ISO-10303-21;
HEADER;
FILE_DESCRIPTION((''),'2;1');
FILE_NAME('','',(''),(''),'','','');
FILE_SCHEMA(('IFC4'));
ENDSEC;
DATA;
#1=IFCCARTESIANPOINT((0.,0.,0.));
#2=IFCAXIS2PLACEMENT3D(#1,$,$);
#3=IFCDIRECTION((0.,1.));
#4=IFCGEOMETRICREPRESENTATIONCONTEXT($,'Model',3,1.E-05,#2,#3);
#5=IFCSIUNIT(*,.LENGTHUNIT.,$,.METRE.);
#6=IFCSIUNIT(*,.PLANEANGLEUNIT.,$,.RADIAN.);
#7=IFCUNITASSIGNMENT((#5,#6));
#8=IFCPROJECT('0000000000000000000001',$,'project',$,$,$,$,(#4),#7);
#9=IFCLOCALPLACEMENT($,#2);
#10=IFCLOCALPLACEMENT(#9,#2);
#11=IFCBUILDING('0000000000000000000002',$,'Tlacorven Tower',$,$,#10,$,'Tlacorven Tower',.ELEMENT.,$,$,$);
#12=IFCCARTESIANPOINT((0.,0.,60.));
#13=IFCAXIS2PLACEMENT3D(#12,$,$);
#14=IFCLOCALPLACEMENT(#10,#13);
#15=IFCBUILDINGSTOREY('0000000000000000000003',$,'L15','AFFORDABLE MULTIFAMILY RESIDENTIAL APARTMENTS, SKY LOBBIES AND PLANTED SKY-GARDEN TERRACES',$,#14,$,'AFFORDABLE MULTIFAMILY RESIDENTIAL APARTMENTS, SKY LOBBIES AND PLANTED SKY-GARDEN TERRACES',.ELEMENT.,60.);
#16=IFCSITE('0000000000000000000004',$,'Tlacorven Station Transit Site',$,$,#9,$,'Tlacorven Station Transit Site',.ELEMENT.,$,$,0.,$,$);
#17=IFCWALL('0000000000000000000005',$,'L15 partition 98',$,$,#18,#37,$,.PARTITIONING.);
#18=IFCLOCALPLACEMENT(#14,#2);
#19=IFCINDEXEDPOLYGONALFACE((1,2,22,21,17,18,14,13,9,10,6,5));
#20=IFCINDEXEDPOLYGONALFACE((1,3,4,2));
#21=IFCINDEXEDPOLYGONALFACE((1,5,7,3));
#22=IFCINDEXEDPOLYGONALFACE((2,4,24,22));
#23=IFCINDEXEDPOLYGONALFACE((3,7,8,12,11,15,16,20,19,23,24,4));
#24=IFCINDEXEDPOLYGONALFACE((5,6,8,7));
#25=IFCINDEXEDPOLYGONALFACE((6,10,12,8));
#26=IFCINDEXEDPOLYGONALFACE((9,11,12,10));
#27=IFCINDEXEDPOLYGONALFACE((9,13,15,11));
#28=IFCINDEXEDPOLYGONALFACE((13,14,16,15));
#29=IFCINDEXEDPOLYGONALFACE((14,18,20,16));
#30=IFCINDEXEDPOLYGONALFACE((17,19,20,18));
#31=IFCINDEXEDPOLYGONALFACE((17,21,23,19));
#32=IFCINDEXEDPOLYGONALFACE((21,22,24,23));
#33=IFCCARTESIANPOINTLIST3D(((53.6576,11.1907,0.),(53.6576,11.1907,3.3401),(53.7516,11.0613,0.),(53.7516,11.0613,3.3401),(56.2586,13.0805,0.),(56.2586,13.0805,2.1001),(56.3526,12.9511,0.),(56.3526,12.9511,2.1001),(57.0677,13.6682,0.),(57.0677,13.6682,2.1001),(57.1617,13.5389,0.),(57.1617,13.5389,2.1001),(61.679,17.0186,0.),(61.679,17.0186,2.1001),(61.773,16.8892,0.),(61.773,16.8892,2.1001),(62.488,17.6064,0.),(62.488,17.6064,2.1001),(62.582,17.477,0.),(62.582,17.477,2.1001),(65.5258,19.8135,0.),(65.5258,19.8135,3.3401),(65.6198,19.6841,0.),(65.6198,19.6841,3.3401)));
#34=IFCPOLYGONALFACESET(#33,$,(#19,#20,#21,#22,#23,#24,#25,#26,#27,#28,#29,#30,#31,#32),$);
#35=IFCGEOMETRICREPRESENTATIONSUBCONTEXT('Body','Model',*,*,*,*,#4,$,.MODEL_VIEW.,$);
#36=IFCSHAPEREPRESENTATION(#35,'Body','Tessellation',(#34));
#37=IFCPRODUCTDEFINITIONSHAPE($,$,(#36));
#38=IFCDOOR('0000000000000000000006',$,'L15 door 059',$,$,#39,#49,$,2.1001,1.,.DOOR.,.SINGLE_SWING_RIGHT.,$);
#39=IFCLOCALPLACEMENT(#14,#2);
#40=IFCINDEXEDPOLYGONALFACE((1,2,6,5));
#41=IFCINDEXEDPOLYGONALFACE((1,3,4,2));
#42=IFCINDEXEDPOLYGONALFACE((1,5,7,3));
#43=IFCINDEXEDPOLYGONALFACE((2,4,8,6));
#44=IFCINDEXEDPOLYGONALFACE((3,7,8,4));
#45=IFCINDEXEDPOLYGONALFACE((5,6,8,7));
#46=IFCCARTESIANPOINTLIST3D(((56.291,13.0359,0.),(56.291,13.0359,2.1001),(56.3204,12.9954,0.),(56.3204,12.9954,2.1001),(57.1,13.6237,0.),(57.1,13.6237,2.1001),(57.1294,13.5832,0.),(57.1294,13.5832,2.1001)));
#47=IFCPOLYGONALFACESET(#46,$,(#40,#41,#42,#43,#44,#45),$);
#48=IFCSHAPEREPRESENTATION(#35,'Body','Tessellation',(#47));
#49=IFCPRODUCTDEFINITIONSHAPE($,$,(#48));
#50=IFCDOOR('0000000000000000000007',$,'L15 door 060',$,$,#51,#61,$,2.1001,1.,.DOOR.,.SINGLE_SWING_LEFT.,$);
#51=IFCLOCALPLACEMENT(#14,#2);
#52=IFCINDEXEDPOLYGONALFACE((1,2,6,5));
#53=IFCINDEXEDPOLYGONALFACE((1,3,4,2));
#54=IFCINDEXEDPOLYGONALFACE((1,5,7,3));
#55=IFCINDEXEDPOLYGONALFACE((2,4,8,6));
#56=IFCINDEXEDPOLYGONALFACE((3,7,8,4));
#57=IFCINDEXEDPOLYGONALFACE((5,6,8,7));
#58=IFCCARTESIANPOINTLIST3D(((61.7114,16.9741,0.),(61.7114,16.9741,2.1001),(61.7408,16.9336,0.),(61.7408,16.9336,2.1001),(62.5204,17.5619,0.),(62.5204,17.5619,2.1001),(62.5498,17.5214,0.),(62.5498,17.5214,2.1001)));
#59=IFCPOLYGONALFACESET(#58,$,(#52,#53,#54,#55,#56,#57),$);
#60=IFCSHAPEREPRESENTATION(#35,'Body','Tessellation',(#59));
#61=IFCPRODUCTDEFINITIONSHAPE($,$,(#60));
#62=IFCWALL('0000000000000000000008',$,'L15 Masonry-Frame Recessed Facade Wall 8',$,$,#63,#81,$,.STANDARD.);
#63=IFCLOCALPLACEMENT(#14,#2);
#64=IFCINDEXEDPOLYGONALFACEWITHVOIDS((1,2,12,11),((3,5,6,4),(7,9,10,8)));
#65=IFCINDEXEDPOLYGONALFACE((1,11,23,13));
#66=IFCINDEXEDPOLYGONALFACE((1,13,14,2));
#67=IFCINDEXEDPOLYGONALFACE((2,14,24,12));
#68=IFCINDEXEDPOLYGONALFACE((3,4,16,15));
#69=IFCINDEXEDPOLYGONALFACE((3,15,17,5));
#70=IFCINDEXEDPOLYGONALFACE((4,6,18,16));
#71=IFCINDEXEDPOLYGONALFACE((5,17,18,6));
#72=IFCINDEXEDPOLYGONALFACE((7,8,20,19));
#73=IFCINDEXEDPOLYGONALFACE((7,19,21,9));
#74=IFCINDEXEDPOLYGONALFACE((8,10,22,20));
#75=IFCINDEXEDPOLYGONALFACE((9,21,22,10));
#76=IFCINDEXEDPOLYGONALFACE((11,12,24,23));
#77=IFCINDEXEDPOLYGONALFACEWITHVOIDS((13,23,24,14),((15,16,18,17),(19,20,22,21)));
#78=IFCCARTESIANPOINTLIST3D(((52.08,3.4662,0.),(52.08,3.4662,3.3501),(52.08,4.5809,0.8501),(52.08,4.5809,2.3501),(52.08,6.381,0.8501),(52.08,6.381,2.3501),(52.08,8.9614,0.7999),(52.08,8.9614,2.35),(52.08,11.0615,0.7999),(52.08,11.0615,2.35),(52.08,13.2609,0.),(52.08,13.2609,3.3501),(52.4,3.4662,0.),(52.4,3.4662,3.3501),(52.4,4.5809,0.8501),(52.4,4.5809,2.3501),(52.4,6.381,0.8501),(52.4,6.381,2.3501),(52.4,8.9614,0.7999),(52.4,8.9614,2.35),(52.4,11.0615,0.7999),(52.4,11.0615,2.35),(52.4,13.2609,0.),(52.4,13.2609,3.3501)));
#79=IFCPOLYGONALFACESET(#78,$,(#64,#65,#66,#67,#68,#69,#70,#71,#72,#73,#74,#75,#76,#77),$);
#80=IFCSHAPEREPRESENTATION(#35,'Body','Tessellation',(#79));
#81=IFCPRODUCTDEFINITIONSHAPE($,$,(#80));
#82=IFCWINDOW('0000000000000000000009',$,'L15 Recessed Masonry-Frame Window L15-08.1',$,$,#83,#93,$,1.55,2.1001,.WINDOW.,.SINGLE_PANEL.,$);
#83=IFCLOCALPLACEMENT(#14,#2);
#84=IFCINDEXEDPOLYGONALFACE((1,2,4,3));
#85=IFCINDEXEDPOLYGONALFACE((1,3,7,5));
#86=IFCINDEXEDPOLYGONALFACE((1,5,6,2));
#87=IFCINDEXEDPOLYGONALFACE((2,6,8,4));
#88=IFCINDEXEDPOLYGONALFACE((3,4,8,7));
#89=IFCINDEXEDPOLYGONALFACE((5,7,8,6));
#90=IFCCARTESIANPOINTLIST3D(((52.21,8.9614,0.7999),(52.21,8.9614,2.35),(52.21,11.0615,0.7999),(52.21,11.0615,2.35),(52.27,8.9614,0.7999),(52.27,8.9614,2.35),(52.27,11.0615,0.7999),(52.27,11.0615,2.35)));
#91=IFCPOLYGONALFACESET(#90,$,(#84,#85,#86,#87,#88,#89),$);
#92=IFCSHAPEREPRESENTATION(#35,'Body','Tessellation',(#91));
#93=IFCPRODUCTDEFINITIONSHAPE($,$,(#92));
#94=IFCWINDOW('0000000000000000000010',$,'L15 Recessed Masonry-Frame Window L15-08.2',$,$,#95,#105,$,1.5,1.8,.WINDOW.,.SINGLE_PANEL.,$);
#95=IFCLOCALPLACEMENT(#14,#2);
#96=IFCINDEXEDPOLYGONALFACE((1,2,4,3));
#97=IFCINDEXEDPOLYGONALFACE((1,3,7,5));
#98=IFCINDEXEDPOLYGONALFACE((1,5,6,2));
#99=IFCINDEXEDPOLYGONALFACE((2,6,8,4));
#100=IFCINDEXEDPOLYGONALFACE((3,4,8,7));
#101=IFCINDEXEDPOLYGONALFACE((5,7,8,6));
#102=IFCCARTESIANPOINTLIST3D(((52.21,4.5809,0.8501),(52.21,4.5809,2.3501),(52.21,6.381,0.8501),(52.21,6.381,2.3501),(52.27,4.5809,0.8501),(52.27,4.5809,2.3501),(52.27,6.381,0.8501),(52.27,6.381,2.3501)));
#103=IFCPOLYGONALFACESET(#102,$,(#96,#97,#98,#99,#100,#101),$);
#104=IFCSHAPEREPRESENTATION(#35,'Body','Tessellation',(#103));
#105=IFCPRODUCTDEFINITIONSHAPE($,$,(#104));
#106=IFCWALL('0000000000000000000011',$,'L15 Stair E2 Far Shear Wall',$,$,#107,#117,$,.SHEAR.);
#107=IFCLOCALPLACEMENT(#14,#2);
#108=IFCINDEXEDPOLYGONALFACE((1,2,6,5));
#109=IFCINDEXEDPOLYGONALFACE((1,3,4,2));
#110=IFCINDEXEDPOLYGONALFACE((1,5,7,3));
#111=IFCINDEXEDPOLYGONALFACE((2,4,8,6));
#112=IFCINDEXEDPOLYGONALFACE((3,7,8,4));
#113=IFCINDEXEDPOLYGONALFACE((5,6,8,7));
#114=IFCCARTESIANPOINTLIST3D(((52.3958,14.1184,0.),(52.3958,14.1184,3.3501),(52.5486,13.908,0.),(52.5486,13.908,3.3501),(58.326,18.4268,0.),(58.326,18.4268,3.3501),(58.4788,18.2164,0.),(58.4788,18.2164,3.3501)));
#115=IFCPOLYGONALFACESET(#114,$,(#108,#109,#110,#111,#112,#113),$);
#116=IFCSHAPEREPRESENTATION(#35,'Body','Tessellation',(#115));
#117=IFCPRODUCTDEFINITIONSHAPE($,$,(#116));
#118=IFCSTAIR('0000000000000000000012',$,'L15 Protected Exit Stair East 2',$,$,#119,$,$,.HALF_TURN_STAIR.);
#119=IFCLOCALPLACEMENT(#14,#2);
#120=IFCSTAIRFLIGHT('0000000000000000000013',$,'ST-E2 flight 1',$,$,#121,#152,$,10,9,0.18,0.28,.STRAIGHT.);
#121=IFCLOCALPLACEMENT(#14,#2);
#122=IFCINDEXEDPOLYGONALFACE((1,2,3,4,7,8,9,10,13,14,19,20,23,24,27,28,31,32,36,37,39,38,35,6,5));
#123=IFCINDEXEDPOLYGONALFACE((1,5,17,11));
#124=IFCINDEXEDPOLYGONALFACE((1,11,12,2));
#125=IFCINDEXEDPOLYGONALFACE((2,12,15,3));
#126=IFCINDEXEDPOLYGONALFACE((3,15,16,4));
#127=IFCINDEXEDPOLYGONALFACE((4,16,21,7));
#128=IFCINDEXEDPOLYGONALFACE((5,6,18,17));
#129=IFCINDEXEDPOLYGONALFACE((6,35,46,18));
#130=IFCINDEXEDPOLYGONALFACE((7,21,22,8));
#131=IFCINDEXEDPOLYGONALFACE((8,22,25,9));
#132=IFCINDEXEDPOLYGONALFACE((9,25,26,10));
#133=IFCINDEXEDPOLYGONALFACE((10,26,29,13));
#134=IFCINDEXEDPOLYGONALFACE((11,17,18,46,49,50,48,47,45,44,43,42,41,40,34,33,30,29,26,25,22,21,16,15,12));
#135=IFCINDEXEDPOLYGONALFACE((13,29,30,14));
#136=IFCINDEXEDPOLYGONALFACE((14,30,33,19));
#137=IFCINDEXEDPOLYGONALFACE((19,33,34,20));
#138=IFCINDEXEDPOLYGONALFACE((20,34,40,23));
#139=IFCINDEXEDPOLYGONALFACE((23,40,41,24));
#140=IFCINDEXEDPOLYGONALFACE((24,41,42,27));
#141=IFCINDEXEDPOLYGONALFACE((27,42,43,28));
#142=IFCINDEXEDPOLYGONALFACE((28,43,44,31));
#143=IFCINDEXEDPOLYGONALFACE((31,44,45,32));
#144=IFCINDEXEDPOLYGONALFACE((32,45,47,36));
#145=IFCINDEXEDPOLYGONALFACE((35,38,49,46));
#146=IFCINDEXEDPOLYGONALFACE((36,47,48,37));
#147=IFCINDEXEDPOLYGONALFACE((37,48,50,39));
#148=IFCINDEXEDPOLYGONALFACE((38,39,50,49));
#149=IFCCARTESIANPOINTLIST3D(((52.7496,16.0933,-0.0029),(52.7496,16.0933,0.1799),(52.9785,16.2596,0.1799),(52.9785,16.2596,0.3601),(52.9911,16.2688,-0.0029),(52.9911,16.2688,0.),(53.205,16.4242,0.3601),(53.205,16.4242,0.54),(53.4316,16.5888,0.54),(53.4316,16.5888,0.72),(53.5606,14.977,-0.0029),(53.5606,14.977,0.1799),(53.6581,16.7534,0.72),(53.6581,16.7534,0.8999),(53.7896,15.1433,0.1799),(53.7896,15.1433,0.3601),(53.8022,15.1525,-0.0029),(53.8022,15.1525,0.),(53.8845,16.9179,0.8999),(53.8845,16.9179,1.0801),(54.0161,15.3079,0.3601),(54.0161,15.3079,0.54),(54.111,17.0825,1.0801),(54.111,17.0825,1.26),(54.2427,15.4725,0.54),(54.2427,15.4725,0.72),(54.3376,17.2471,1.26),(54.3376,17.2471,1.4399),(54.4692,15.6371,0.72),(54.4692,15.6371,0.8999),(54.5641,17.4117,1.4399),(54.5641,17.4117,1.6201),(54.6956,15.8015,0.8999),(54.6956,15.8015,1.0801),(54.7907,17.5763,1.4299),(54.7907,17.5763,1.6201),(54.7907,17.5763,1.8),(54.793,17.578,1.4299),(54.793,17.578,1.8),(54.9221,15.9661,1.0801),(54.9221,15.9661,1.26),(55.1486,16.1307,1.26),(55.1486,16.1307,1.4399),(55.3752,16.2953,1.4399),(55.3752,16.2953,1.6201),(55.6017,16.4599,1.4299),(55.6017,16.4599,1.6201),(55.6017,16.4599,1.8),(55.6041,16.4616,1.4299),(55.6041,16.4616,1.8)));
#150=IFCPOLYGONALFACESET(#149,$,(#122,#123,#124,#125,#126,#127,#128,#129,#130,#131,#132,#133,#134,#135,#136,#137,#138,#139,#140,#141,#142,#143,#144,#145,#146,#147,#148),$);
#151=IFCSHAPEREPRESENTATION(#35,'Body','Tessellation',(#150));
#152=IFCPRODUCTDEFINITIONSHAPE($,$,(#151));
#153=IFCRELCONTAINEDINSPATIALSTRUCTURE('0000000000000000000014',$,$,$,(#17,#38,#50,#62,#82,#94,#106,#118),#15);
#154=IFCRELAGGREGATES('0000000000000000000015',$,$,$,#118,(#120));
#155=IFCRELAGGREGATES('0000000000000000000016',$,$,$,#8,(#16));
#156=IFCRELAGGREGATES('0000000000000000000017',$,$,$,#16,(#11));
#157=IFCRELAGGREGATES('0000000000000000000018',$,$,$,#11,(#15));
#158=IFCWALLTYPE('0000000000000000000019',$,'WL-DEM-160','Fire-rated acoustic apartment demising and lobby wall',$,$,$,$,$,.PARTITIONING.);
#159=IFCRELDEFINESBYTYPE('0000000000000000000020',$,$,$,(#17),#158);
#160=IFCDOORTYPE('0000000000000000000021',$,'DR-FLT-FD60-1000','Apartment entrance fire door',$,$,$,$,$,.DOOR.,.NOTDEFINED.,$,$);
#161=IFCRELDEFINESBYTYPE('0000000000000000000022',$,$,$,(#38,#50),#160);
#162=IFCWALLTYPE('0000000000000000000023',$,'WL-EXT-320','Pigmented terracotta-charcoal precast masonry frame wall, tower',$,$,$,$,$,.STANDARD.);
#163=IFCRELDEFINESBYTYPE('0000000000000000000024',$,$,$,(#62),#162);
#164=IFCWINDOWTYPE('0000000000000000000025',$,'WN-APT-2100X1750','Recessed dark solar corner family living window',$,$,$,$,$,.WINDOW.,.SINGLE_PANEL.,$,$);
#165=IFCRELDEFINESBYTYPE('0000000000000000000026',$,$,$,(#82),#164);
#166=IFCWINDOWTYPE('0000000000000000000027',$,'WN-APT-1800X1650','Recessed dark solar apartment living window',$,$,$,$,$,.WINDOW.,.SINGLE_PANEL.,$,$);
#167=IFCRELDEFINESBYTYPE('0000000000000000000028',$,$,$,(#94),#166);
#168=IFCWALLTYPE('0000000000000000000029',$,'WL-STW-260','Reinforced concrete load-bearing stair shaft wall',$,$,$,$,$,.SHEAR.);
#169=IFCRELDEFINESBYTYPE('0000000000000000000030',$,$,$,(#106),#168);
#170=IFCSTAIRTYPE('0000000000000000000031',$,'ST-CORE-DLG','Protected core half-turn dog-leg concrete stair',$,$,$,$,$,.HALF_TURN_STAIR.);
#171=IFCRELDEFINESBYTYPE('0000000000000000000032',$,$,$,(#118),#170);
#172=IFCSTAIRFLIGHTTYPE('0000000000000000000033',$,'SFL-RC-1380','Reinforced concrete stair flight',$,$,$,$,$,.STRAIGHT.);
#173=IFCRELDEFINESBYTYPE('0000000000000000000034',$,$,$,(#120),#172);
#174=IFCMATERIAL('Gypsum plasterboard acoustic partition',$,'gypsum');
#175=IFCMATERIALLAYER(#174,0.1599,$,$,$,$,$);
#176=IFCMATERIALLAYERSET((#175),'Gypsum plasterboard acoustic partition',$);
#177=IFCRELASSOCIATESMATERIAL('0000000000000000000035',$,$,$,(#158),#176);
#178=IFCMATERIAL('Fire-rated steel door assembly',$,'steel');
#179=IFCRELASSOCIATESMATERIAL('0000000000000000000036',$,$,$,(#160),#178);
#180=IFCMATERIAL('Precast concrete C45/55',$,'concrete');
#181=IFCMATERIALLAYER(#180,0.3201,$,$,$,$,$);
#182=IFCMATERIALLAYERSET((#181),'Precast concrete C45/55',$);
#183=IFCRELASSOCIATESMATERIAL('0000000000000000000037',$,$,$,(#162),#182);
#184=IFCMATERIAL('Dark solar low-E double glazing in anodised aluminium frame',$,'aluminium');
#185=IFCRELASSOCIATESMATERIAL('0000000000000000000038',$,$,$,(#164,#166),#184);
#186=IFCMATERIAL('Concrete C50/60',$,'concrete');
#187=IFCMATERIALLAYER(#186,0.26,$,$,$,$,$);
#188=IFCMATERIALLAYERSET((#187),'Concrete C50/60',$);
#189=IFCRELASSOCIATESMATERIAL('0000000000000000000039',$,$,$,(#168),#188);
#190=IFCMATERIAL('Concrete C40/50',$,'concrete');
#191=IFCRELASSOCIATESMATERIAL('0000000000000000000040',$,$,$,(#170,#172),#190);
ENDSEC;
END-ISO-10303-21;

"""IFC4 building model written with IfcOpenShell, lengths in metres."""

from ifc_helpers import new_model, si_unit, direction, frame, frame_2d, origin, place, context, subcontext, project, spatial, polyline, rectangle, outline, extrude, source, transform, mapped, material, layer, layer_set, type_object, element, fill, aggregate, save


model = new_model("IFC4")

# Units and contexts
model_context = context("Model", 3, precision=1e-05, world=origin(), true_north=direction((0.0, 1.0)))
body_context = subcontext(model_context, "Body", "Model", "MODEL_VIEW")
ifc_project = project(units=[si_unit("LENGTHUNIT", "METRE"), si_unit("PLANEANGLEUNIT", "RADIAN")], contexts=[model_context])

# Site, building, storey
site_placement = place(None, origin())
site = spatial("IfcSite", under=ifc_project, at=site_placement, Name="Tlacorven Station Transit Site", LongName="Tlacorven Station Transit Site", CompositionType="ELEMENT", RefElevation=0.0)
building_placement = place(site_placement, origin())
building = spatial("IfcBuilding", under=site, at=building_placement, Name="Tlacorven Tower", LongName="Tlacorven Tower", CompositionType="ELEMENT")
storey_placement = place(building_placement, frame((0.0, 0.0, 60.0)))
storey = spatial("IfcBuildingStorey", under=building, at=storey_placement, Name="L15", Description="AFFORDABLE MULTIFAMILY RESIDENTIAL APARTMENTS, SKY LOBBIES AND PLANTED SKY-GARDEN TERRACES", LongName="AFFORDABLE MULTIFAMILY RESIDENTIAL APARTMENTS, SKY LOBBIES AND PLANTED SKY-GARDEN TERRACES", CompositionType="ELEMENT", Elevation=60.0)

# Wall, openings, doors
ifc_material_1 = material(Name="Gypsum plasterboard acoustic partition", Category="gypsum")
ifc_layer_1 = layer(ifc_material_1, 0.1599)
ifc_layer_set_1 = layer_set([ifc_layer_1], Name="Gypsum plasterboard acoustic partition")
wall_type_1 = type_object("IfcWallType", Name="WL-DEM-160", Description="Fire-rated acoustic apartment demising and lobby wall", PredefinedType="PARTITIONING", material=ifc_layer_set_1)
wall_1_placement = place(storey_placement, frame((53.7046, 11.126, 0.0), z_axis=(0.0, 0.0, 1.0), x_axis=(0.809015, 0.587789, 0.0)))
wall_1 = element("IfcWall", 1, at=wall_1_placement, inside=storey, type_object=wall_type_1, Name="L15 partition 98", PredefinedType="PARTITIONING", context=body_context, shape_type="SweptSolid", body=[
    extrude(rectangle(XDim=14.6699, YDim=0.1599, at=frame_2d((7.335, 0.0))), origin(), (0.0, 0.0, 1.0), 3.3401),
])
opening_1_placement = place(wall_1_placement, frame((3.2151, 0.0, 0.0)))
opening_1 = element("IfcOpeningElement", 2, at=opening_1_placement, cuts=wall_1, PredefinedType="OPENING", context=body_context, shape_type="SweptSolid", body=[
    extrude(rectangle(XDim=1.0, YDim=2.1001, at=frame_2d((0.5, 1.05))), frame((0.0, 0.0898, 0.0), z_axis=(0.0, -1.0, 0.0), x_axis=(1.0, 0.0, 0.0)), (0.0, 0.0, 1.0), 0.1799),
])
opening_2_placement = place(wall_1_placement, frame((9.915, 0.0, 0.0)))
opening_2 = element("IfcOpeningElement", 3, at=opening_2_placement, cuts=wall_1, PredefinedType="OPENING", context=body_context, shape_type="SweptSolid", body=[
    extrude(rectangle(XDim=1.0, YDim=2.1001, at=frame_2d((0.5, 1.05))), frame((0.0, 0.0898, 0.0), z_axis=(0.0, -1.0, 0.0), x_axis=(1.0, 0.0, 0.0)), (0.0, 0.0, 1.0), 0.1799),
])
ifc_material_2 = material(Name="Fire-rated steel door assembly", Category="steel")
door_type = type_object("IfcDoorType", Name="DR-FLT-FD60-1000", Description="Apartment entrance fire door", OperationType="NOTDEFINED", PredefinedType="DOOR", material=ifc_material_2)
shared_shape_1 = source(origin(), body_context, "Body", "SweptSolid", [
    extrude(rectangle(XDim=1.0, YDim=2.1001, at=frame_2d((0.5, 1.05))), frame((0.0, 0.0249, 0.0), z_axis=(0.0, -1.0, 0.0), x_axis=(1.0, 0.0, 0.0)), (0.0, 0.0, 1.0), 0.05),
])
door_1_placement = place(opening_1_placement, origin())
door_1 = element("IfcDoor", 4, at=door_1_placement, inside=storey, type_object=door_type, Name="L15 door 059", OperationType="SINGLE_SWING_RIGHT", OverallHeight=2.1001, OverallWidth=1.0, PredefinedType="DOOR", context=body_context, shape_type="MappedRepresentation", body=[
    mapped(shared_shape_1, transform((0.0, 0.0, 0.0), scale=1.0)),
])
fill(opening_1, door_1)
door_2_placement = place(opening_2_placement, origin())
door_2 = element("IfcDoor", 5, at=door_2_placement, inside=storey, type_object=door_type, Name="L15 door 060", OperationType="SINGLE_SWING_LEFT", OverallHeight=2.1001, OverallWidth=1.0, PredefinedType="DOOR", context=body_context, shape_type="MappedRepresentation", body=[
    mapped(shared_shape_1, transform((0.0, 0.0, 0.0), scale=1.0)),
])
fill(opening_2, door_2)

# Wall, openings, windows
ifc_material_3 = material(Name="Precast concrete C45/55", Category="concrete")
ifc_layer_2 = layer(ifc_material_3, 0.3201)
ifc_layer_set_2 = layer_set([ifc_layer_2], Name="Precast concrete C45/55")
wall_type_2 = type_object("IfcWallType", Name="WL-EXT-320", Description="Pigmented terracotta-charcoal precast masonry frame wall, tower", PredefinedType="STANDARD", material=ifc_layer_set_2)
wall_2_placement = place(storey_placement, frame((52.24, 13.261, 0.0), z_axis=(0.0, 0.0, 1.0), x_axis=(0.0, -1.0, 0.0)))
wall_2 = element("IfcWall", 6, at=wall_2_placement, inside=storey, type_object=wall_type_2, Name="L15 Masonry-Frame Recessed Facade Wall 8", PredefinedType="STANDARD", context=body_context, shape_type="SweptSolid", body=[
    extrude(rectangle(XDim=9.7947, YDim=0.3201, at=frame_2d((4.8975, 0.0))), origin(), (0.0, 0.0, 1.0), 3.3501),
])
opening_3_placement = place(wall_2_placement, frame((2.1995, 0.0, 0.8)))
opening_3 = element("IfcOpeningElement", 7, at=opening_3_placement, cuts=wall_2, PredefinedType="OPENING", context=body_context, shape_type="SweptSolid", body=[
    extrude(rectangle(XDim=2.1001, YDim=1.55, at=frame_2d((1.05, 0.7749))), frame((0.0, 0.1699, 0.0), z_axis=(0.0, -1.0, 0.0), x_axis=(1.0, 0.0, 0.0)), (0.0, 0.0, 1.0), 0.3401),
])
opening_4_placement = place(wall_2_placement, frame((6.8801, 0.0, 0.8501)))
opening_4 = element("IfcOpeningElement", 8, at=opening_4_placement, cuts=wall_2, PredefinedType="OPENING", context=body_context, shape_type="SweptSolid", body=[
    extrude(rectangle(XDim=1.8, YDim=1.5, at=frame_2d((0.8999, 0.75))), frame((0.0, 0.1699, 0.0), z_axis=(0.0, -1.0, 0.0), x_axis=(1.0, 0.0, 0.0)), (0.0, 0.0, 1.0), 0.3401),
])
ifc_material_4 = material(Name="Dark solar low-E double glazing in anodised aluminium frame", Category="aluminium")
window_type_1 = type_object("IfcWindowType", Name="WN-APT-2100X1750", Description="Recessed dark solar corner family living window", PartitioningType="SINGLE_PANEL", PredefinedType="WINDOW", material=ifc_material_4)
shared_shape_2 = source(origin(), body_context, "Body", "SweptSolid", [
    extrude(rectangle(XDim=2.1001, YDim=1.55, at=frame_2d((1.05, 0.7749))), frame((0.0, 0.03, 0.0), z_axis=(0.0, -1.0, 0.0), x_axis=(1.0, 0.0, 0.0)), (0.0, 0.0, 1.0), 0.0601),
])
window_1_placement = place(opening_3_placement, origin())
window_1 = element("IfcWindow", 9, at=window_1_placement, inside=storey, type_object=window_type_1, Name="L15 Recessed Masonry-Frame Window L15-08.1", OverallHeight=1.55, OverallWidth=2.1001, PartitioningType="SINGLE_PANEL", PredefinedType="WINDOW", context=body_context, shape_type="MappedRepresentation", body=[
    mapped(shared_shape_2, transform((0.0, 0.0, 0.0), scale=1.0)),
])
fill(opening_3, window_1)
window_type_2 = type_object("IfcWindowType", Name="WN-APT-1800X1650", Description="Recessed dark solar apartment living window", PartitioningType="SINGLE_PANEL", PredefinedType="WINDOW", material=ifc_material_4)
shared_shape_3 = source(origin(), body_context, "Body", "SweptSolid", [
    extrude(rectangle(XDim=1.8, YDim=1.5, at=frame_2d((0.8999, 0.75))), frame((0.0, 0.03, 0.0), z_axis=(0.0, -1.0, 0.0), x_axis=(1.0, 0.0, 0.0)), (0.0, 0.0, 1.0), 0.0601),
])
window_2_placement = place(opening_4_placement, origin())
window_2 = element("IfcWindow", 10, at=window_2_placement, inside=storey, type_object=window_type_2, Name="L15 Recessed Masonry-Frame Window L15-08.2", OverallHeight=1.5, OverallWidth=1.8, PartitioningType="SINGLE_PANEL", PredefinedType="WINDOW", context=body_context, shape_type="MappedRepresentation", body=[
    mapped(shared_shape_3, transform((0.0, 0.0, 0.0), scale=1.0)),
])
fill(opening_4, window_2)

# Wall
ifc_material_5 = material(Name="Concrete C50/60", Category="concrete")
ifc_layer_3 = layer(ifc_material_5, 0.26)
ifc_layer_set_3 = layer_set([ifc_layer_3], Name="Concrete C50/60")
wall_type_3 = type_object("IfcWallType", Name="WL-STW-260", Description="Reinforced concrete load-bearing stair shaft wall", PredefinedType="SHEAR", material=ifc_layer_set_3)
wall_3_placement = place(storey_placement, frame((52.4722, 14.0132, 0.0), z_axis=(0.0, 0.0, 1.0), x_axis=(0.809028, 0.58777, 0.0)))
element("IfcWall", 11, at=wall_3_placement, inside=storey, type_object=wall_type_3, Name="L15 Stair E2 Far Shear Wall", PredefinedType="SHEAR", context=body_context, shape_type="SweptSolid", body=[
    extrude(rectangle(XDim=7.3301, YDim=0.26, at=frame_2d((3.665, 0.0))), origin(), (0.0, 0.0, 1.0), 3.3501),
])

# Stair, stair flight
ifc_material_6 = material(Name="Concrete C40/50", Category="concrete")
stair_type = type_object("IfcStairType", Name="ST-CORE-DLG", Description="Protected core half-turn dog-leg concrete stair", PredefinedType="HALF_TURN_STAIR", material=ifc_material_6)
stair_placement = place(storey_placement, origin())
stair = element("IfcStair", 12, at=stair_placement, inside=storey, type_object=stair_type, Name="L15 Protected Exit Stair East 2", PredefinedType="HALF_TURN_STAIR")
stair_flight_type = type_object("IfcStairFlightType", Name="SFL-RC-1380", Description="Reinforced concrete stair flight", PredefinedType="STRAIGHT", material=ifc_material_6)
shared_shape_4 = source(origin(), body_context, "Body", "SweptSolid", [
    extrude(outline(polyline([(-0.0029, -0.0029), (-0.0029, 0.1799), (0.28, 0.1799), (0.28, 0.3601), (0.5601, 0.3601), (0.5601, 0.54), (0.8401, 0.54), (0.8401, 0.72), (1.1201, 0.72), (1.1201, 0.8999), (1.3999, 0.8999), (1.3999, 1.0801), (1.6799, 1.0801), (1.6799, 1.26), (1.96, 1.26), (1.96, 1.4399), (2.24, 1.4399), (2.24, 1.6201), (2.52, 1.6201), (2.52, 1.8), (2.5229, 1.8), (2.5229, 1.4299), (2.52, 1.4299), (0.2957, 0.0), (0.2957, -0.0029), (-0.0029, -0.0029)])), frame((0.0, 0.6899, 0.0), z_axis=(0.0, -1.0, 0.0), x_axis=(1.0, 0.0, 0.0)), (0.0, 0.0, 1.0), 1.3799),
])
stair_flight_1_placement = place(storey_placement, frame((53.1575, 15.5369, 0.0), z_axis=(0.0, 0.0, 1.0), x_axis=(0.809017, 0.587785, 0.0)))
stair_flight_1 = element("IfcStairFlight", 13, at=stair_flight_1_placement, type_object=stair_flight_type, Name="ST-E2 flight 1", NumberOfRisers=10, NumberOfTreads=9, PredefinedType="STRAIGHT", RiserHeight=0.18, TreadLength=0.28, context=body_context, shape_type="MappedRepresentation", body=[
    mapped(shared_shape_4, transform((0.0, 0.0, 0.0), scale=1.0)),
])
aggregate(stair, [stair_flight_1])

save(model, "model.ifc")
